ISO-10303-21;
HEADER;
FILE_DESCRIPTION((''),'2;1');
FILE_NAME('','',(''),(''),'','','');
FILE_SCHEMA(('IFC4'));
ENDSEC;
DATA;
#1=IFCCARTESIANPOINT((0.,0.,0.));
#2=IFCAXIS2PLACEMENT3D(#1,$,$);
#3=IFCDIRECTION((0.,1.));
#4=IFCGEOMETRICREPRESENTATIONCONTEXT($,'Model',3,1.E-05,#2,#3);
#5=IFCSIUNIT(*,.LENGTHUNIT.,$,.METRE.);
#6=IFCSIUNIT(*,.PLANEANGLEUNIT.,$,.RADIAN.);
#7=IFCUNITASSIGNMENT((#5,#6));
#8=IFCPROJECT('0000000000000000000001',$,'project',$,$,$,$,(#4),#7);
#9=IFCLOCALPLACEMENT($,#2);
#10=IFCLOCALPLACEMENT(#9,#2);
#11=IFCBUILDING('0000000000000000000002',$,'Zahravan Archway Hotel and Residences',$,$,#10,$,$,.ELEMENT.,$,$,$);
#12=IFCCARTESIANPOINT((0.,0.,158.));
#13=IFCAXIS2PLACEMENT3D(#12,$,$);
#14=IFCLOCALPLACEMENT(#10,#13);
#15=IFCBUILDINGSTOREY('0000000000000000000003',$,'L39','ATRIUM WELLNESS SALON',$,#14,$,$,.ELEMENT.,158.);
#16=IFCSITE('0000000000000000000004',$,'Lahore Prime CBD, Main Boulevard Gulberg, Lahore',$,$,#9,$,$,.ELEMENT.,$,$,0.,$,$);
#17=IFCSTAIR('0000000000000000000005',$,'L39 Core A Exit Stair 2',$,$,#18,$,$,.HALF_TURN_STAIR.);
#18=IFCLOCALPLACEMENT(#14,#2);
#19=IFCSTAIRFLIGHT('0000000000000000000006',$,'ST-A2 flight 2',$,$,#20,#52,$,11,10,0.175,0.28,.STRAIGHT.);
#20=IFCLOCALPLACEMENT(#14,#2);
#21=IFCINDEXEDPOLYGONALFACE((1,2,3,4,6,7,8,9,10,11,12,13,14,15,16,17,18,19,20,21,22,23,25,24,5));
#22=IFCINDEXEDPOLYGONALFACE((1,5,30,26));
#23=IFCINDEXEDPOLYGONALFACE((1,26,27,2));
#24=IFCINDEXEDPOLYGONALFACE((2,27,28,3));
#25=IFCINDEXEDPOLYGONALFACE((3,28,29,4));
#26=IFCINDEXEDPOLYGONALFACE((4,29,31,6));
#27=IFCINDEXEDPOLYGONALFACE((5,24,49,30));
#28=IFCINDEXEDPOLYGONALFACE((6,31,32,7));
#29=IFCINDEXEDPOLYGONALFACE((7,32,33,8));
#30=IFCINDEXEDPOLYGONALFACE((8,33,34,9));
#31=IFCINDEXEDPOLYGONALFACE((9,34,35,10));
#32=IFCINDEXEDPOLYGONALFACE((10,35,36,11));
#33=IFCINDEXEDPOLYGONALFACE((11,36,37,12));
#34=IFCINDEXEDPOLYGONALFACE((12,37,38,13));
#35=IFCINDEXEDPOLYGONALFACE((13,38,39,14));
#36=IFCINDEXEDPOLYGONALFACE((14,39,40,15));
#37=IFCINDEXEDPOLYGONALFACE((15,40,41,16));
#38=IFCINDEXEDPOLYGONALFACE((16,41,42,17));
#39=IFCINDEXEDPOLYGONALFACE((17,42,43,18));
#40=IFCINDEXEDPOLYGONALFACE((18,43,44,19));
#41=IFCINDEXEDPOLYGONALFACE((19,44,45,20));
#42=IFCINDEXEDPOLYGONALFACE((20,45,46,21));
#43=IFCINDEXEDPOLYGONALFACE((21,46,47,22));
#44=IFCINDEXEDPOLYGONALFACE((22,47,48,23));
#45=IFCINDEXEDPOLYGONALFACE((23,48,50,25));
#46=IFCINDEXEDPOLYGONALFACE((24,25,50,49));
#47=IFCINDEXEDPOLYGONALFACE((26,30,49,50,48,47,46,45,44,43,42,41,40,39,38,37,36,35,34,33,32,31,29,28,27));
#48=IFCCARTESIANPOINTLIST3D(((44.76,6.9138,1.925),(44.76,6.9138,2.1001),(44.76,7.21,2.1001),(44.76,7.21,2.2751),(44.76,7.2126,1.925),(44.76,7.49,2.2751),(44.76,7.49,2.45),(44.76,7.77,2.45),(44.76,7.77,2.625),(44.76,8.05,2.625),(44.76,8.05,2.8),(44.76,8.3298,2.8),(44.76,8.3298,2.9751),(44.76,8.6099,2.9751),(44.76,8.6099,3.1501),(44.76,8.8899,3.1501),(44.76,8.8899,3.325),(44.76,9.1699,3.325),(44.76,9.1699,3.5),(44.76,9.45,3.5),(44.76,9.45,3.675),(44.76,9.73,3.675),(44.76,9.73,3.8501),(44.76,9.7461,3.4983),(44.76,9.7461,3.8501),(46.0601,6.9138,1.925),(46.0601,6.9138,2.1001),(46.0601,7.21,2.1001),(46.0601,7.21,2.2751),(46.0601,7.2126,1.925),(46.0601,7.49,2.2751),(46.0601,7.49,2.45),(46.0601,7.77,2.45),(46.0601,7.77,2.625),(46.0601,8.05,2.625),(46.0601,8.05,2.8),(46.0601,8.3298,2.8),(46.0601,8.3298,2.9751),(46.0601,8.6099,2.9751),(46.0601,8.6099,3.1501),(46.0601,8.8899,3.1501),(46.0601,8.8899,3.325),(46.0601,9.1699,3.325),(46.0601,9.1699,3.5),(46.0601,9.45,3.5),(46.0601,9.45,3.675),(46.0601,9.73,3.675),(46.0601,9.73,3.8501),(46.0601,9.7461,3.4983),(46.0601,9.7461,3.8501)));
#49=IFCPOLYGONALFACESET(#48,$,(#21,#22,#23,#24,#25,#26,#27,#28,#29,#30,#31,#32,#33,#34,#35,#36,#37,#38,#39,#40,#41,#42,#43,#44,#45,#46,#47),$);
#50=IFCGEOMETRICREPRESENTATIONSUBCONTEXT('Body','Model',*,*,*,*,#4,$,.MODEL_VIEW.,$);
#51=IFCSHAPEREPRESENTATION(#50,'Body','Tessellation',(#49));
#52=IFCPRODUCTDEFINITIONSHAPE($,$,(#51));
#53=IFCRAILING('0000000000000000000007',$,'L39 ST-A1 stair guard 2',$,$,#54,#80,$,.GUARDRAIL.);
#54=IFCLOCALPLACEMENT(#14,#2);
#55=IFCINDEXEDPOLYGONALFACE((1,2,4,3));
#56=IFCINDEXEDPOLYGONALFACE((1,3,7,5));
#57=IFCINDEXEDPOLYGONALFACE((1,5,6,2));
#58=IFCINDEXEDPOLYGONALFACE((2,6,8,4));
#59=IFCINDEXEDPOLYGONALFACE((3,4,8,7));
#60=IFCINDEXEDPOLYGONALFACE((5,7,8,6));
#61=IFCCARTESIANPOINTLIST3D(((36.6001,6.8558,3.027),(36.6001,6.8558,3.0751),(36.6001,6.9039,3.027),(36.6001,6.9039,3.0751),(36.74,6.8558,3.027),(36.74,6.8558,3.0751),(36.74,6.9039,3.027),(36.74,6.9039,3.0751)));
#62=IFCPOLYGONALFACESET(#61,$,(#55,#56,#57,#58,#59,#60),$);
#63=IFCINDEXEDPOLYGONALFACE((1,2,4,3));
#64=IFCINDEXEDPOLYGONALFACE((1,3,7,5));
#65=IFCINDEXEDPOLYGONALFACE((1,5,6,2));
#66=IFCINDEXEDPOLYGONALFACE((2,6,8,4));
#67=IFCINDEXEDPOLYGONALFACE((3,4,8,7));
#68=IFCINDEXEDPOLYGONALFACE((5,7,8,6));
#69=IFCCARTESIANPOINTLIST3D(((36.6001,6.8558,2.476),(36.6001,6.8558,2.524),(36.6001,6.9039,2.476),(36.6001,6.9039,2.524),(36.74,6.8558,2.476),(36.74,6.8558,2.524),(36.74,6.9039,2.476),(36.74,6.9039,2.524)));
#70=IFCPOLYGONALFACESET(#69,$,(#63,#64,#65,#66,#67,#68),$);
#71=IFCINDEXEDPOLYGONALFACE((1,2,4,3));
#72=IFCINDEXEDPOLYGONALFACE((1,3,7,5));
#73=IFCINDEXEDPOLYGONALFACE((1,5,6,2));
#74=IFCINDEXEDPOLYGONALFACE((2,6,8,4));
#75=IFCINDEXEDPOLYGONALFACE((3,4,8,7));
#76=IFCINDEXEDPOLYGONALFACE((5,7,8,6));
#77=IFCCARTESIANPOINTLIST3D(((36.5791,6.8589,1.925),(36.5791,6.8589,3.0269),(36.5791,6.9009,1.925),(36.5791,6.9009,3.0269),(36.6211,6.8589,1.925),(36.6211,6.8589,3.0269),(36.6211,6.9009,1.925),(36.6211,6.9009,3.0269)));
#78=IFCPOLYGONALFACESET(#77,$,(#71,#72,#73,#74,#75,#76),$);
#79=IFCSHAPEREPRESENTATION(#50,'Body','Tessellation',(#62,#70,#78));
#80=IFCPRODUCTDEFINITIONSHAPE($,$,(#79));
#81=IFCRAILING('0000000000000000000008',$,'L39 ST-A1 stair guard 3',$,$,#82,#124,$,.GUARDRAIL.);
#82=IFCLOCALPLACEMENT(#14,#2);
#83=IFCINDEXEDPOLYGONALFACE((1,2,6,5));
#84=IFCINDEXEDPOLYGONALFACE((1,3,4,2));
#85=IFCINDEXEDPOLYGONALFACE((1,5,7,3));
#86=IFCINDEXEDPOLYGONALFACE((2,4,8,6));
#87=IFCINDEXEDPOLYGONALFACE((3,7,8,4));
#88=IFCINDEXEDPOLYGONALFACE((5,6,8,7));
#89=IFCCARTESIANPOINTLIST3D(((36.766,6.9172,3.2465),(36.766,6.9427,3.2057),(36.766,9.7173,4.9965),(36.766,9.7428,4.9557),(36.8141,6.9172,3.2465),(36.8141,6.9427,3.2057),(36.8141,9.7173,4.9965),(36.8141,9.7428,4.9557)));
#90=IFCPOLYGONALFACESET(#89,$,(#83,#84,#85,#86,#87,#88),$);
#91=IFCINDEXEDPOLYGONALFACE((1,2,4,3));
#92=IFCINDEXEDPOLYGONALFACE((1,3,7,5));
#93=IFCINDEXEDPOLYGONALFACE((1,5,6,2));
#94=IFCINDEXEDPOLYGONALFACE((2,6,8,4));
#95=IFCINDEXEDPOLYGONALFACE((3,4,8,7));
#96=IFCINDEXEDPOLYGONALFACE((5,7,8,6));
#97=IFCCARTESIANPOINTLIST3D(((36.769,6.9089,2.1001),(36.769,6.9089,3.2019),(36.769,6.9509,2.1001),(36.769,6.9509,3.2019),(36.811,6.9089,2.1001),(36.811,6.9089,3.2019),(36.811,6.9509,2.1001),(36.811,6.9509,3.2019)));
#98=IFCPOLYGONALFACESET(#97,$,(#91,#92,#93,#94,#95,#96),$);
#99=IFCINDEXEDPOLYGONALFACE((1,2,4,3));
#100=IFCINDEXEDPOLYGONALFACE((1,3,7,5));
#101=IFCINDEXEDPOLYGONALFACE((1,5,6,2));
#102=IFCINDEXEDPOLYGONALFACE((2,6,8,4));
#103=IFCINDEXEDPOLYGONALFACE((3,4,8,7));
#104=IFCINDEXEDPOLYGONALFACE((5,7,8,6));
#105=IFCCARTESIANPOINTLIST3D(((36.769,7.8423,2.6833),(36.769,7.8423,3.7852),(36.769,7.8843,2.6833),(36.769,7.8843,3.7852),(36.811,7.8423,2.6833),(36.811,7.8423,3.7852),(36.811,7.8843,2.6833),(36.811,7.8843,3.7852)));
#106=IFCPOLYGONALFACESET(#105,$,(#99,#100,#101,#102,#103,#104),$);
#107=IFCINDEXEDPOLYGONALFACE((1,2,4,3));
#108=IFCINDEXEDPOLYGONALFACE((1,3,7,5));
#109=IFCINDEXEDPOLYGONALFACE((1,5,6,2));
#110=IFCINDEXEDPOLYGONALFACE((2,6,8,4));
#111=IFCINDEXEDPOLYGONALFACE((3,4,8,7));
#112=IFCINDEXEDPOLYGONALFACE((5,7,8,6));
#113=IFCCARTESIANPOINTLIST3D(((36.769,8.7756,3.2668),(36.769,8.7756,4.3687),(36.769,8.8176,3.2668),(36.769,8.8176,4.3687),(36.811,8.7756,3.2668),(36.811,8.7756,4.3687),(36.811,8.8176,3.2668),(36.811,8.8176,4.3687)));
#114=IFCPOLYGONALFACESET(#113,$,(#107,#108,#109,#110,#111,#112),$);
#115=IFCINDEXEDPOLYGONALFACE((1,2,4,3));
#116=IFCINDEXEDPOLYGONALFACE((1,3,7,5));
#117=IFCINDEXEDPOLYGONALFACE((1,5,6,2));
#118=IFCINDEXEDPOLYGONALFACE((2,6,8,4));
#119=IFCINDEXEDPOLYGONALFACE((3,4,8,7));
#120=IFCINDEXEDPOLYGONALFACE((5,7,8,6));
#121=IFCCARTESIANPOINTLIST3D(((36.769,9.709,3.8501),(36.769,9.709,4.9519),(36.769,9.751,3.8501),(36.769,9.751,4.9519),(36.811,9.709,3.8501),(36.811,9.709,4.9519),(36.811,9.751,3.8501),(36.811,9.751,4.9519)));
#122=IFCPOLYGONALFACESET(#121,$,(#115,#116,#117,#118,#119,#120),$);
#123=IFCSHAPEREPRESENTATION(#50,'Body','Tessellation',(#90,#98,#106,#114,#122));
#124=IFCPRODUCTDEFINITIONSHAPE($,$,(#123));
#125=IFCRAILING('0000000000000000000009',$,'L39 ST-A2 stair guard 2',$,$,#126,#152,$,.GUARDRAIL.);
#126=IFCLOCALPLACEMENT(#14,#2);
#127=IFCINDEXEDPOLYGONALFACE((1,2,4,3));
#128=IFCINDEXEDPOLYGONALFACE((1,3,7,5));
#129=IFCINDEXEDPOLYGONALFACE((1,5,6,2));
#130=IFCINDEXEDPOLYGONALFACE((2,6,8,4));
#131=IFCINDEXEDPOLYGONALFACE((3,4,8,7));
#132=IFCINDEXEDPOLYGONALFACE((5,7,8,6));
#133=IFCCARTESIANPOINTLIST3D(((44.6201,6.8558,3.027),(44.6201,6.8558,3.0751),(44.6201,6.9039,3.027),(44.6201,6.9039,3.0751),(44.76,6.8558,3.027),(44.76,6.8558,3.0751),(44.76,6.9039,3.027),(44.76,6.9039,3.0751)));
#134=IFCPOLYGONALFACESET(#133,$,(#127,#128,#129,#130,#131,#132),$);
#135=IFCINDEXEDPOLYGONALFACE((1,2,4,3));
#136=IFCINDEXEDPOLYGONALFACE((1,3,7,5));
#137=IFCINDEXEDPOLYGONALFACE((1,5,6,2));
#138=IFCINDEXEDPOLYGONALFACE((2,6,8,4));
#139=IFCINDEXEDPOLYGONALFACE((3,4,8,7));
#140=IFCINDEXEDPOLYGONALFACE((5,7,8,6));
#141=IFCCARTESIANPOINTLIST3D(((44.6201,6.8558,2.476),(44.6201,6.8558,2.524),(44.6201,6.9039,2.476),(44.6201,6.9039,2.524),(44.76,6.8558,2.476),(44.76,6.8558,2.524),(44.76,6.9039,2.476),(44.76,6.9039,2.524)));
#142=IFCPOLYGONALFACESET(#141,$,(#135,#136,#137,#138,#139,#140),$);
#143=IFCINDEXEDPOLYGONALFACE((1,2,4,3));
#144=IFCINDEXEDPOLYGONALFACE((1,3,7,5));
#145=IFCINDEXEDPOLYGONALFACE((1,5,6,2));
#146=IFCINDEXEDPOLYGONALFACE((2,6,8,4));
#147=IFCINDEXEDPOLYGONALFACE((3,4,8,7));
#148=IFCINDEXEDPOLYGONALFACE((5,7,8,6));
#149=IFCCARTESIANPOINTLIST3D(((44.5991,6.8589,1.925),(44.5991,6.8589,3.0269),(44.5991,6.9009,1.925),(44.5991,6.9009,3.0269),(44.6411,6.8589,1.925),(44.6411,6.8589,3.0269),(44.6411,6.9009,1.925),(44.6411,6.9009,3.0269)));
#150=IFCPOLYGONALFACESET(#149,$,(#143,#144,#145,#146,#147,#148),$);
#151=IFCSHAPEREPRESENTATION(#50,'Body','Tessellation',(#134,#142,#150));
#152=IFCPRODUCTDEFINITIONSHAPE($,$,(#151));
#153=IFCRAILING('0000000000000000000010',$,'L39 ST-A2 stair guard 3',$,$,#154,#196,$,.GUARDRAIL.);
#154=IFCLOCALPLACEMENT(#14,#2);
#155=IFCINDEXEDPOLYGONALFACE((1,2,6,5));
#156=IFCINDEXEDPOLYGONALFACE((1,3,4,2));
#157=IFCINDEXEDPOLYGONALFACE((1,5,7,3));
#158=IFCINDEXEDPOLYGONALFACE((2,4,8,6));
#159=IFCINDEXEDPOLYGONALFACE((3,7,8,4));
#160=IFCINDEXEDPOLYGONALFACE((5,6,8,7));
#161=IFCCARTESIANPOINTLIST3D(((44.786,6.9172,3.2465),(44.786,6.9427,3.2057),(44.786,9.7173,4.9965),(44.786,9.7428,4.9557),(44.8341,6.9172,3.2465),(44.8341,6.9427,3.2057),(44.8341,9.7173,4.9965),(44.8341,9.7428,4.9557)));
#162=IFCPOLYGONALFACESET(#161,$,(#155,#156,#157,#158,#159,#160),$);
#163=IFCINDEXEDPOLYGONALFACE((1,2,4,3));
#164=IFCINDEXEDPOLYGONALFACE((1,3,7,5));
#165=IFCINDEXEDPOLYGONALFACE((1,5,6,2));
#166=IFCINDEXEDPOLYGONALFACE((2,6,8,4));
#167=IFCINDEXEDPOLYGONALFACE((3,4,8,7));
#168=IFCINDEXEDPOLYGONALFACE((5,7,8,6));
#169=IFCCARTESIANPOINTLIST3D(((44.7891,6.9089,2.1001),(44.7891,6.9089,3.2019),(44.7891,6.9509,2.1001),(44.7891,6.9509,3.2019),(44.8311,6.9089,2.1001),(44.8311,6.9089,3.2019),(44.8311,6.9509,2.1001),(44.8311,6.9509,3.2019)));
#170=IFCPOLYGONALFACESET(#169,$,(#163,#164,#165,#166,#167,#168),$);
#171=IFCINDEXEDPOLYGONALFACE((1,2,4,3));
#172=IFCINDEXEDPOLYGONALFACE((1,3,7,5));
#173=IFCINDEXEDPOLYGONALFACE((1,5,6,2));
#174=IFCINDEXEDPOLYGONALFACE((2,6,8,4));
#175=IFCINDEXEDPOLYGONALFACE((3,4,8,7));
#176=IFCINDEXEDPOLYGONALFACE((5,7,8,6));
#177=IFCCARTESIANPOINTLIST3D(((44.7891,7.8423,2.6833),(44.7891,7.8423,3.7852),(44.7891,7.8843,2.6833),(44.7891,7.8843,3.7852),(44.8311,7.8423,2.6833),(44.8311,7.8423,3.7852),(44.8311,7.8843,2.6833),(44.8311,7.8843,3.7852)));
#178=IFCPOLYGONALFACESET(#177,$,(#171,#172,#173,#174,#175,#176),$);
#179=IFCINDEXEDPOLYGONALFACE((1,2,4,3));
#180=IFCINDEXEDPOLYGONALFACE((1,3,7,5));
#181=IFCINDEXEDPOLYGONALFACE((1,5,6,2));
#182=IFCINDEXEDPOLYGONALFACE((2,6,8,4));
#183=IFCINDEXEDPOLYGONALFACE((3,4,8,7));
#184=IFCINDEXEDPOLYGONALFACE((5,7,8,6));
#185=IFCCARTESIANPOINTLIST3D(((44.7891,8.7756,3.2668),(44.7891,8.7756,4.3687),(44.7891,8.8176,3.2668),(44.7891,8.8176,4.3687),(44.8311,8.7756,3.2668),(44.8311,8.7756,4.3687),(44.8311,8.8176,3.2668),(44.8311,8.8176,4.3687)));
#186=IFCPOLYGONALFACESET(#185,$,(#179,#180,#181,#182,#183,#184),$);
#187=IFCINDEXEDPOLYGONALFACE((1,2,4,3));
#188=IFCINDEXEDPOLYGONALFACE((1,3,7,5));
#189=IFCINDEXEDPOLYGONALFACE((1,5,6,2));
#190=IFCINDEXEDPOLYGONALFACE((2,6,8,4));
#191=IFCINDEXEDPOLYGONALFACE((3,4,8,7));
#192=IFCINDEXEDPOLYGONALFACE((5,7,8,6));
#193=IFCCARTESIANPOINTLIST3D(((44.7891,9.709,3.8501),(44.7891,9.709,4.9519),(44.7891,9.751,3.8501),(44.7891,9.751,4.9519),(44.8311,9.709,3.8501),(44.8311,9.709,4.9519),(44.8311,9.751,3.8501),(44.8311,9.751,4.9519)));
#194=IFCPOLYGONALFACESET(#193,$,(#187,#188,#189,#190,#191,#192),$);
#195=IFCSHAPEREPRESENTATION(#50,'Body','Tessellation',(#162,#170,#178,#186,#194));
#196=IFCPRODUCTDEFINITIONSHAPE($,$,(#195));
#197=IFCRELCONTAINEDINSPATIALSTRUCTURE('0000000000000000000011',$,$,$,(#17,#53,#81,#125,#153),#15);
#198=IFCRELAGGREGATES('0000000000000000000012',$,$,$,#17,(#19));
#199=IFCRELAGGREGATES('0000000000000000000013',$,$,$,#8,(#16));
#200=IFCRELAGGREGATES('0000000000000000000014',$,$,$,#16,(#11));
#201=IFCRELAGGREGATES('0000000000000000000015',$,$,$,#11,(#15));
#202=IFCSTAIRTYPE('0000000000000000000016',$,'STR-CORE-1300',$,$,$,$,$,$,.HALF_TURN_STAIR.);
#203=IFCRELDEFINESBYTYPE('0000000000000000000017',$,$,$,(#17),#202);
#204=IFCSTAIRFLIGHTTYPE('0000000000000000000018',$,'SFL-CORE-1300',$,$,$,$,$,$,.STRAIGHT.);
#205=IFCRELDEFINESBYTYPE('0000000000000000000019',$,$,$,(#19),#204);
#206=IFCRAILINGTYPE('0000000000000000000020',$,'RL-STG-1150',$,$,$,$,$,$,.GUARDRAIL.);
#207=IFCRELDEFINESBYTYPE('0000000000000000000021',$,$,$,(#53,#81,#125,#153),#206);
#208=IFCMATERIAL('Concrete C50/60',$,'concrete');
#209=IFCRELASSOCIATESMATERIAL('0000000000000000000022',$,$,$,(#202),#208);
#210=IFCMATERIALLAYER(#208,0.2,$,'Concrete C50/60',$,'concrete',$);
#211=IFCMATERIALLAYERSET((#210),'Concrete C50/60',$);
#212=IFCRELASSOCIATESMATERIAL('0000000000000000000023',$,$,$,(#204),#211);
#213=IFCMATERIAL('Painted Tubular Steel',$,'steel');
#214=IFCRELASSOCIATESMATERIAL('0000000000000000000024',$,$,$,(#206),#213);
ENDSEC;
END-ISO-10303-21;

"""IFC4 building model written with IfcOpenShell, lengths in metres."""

from ifc_helpers import new_model, si_unit, direction, frame, origin, origin_2d, place, context, subcontext, project, spatial, polyline, rectangle, outline, extrude, source, transform, mapped, material, layer, layer_set, type_object, element, aggregate, save


model = new_model("IFC4")

# Units and contexts
model_context = context("Model", 3, precision=1e-05, world=origin(), true_north=direction((0.0, 1.0)))
body_context = subcontext(model_context, "Body", "Model", "MODEL_VIEW")
ifc_project = project(units=[si_unit("LENGTHUNIT", "METRE"), si_unit("PLANEANGLEUNIT", "RADIAN")], contexts=[model_context])

# Site, building, storey
site_placement = place(None, origin())
site = spatial("IfcSite", under=ifc_project, at=site_placement, Name="Lahore Prime CBD, Main Boulevard Gulberg, Lahore", CompositionType="ELEMENT", RefElevation=0.0)
building_placement = place(site_placement, origin())
building = spatial("IfcBuilding", under=site, at=building_placement, Name="Zahravan Archway Hotel and Residences", CompositionType="ELEMENT")
storey_placement = place(building_placement, frame((0.0, 0.0, 158.0)))
storey = spatial("IfcBuildingStorey", under=building, at=storey_placement, Name="L39", Description="ATRIUM WELLNESS SALON", CompositionType="ELEMENT", Elevation=158.0)

# Shared definitions
ifc_material_1 = material(Name="Concrete C50/60", Category="concrete")

# Stair, stair flight
stair_type = type_object("IfcStairType", Name="STR-CORE-1300", PredefinedType="HALF_TURN_STAIR", material=ifc_material_1)
ifc_layer_1 = layer(ifc_material_1, 0.2, Name="Concrete C50/60", Category="concrete")
ifc_layer_set_1 = layer_set([ifc_layer_1], Name="Concrete C50/60")
stair_flight_type = type_object("IfcStairFlightType", Name="SFL-CORE-1300", PredefinedType="STRAIGHT", material=ifc_layer_set_1)
shared_shape_1 = source(origin(), body_context, "Body", "SweptSolid", [
    extrude(outline(polyline([(-0.0161, 0.0), (-0.0161, 0.175), (0.28, 0.175), (0.28, 0.3501), (0.5601, 0.3501), (0.5601, 0.5249), (0.8401, 0.5249), (0.8401, 0.7), (1.1201, 0.7), (1.1201, 0.875), (1.3999, 0.875), (1.3999, 1.05), (1.6799, 1.05), (1.6799, 1.2251), (1.96, 1.2251), (1.96, 1.3999), (2.24, 1.3999), (2.24, 1.575), (2.52, 1.575), (2.52, 1.75), (2.8, 1.75), (2.8, 1.925), (2.8162, 1.925), (2.8162, 1.5732), (0.2827, 0.0), (-0.0161, 0.0)])), frame((0.0, 0.6499, 0.0), z_axis=(0.0, -1.0, 0.0), x_axis=(1.0, 0.0, 0.0)), (0.0, 0.0, 1.0), 1.3),
])
stair_1_placement = place(storey_placement, origin())
stair_1 = element("IfcStair", 1, at=stair_1_placement, inside=storey, type_object=stair_type, Name="L39 Core A Exit Stair 2", PredefinedType="HALF_TURN_STAIR")
stair_flight_1_placement = place(storey_placement, frame((45.4099, 6.9299, 1.925), z_axis=(0.0, 0.0, 1.0), x_axis=(0.0, 1.0, 0.0)))
stair_flight_1 = element("IfcStairFlight", 2, at=stair_flight_1_placement, type_object=stair_flight_type, Name="ST-A2 flight 2", NumberOfRisers=11, NumberOfTreads=10, PredefinedType="STRAIGHT", RiserHeight=0.175, TreadLength=0.28, context=body_context, shape_type="MappedRepresentation", body=[
    mapped(shared_shape_1, transform((0.0, 0.0, 0.0), scale=1.0)),
])
aggregate(stair_1, [stair_flight_1])

# Railings
ifc_material_2 = material(Name="Painted Tubular Steel", Category="steel")
railing_type_1 = type_object("IfcRailingType", Name="RL-STG-1150", PredefinedType="GUARDRAIL", material=ifc_material_2)
railing_1_placement = place(storey_placement, frame((36.6001, 6.8799, 1.925)))
element("IfcRailing", 3, at=railing_1_placement, inside=storey, type_object=railing_type_1, Name="L39 ST-A1 stair guard 2", PredefinedType="GUARDRAIL", context=body_context, shape_type="SweptSolid", body=[
    extrude(rectangle(XDim=0.0481, YDim=0.0481, at=origin_2d()), frame((0.0, 0.0, 1.126), z_axis=(1.0, 0.0, 0.0), x_axis=(0.0, 1.0, 0.0)), (0.0, 0.0, 1.0), 0.1399),
    extrude(rectangle(XDim=0.0481, YDim=0.0481, at=origin_2d()), frame((0.0, 0.0, 0.575), z_axis=(1.0, 0.0, 0.0), x_axis=(0.0, 1.0, 0.0)), (0.0, 0.0, 1.0), 0.1399),
    extrude(rectangle(XDim=0.042, YDim=0.042, at=origin_2d()), origin(), (0.0, 0.0, 1.0), 1.1018),
])
railing_2_placement = place(storey_placement, frame((36.79, 6.9299, 2.1001)))
element("IfcRailing", 4, at=railing_2_placement, inside=storey, type_object=railing_type_1, Name="L39 ST-A1 stair guard 3", PredefinedType="GUARDRAIL", context=body_context, shape_type="SweptSolid", body=[
    extrude(rectangle(XDim=0.0481, YDim=0.0481, at=origin_2d()), frame((0.0, 0.0, 1.126), z_axis=(0.0, 0.848002, 0.529992), x_axis=(-1.0, 0.0, 0.0)), (0.0, 0.0, 1.0), 3.302),
    extrude(rectangle(XDim=0.042, YDim=0.042, at=origin_2d()), origin(), (0.0, 0.0, 1.0), 1.1018),
    extrude(rectangle(XDim=0.042, YDim=0.042, at=origin_2d()), frame((0.0, 0.9333, 0.5833)), (0.0, 0.0, 1.0), 1.1018),
    extrude(rectangle(XDim=0.042, YDim=0.042, at=origin_2d()), frame((0.0, 1.8667, 1.1667)), (0.0, 0.0, 1.0), 1.1018),
    extrude(rectangle(XDim=0.042, YDim=0.042, at=origin_2d()), frame((0.0, 2.8, 1.75)), (0.0, 0.0, 1.0), 1.1018),
])
railing_3_placement = place(storey_placement, frame((44.6201, 6.8799, 1.925)))
element("IfcRailing", 5, at=railing_3_placement, inside=storey, type_object=railing_type_1, Name="L39 ST-A2 stair guard 2", PredefinedType="GUARDRAIL", context=body_context, shape_type="SweptSolid", body=[
    extrude(rectangle(XDim=0.0481, YDim=0.0481, at=origin_2d()), frame((0.0, 0.0, 1.126), z_axis=(1.0, 0.0, 0.0), x_axis=(0.0, 1.0, 0.0)), (0.0, 0.0, 1.0), 0.1399),
    extrude(rectangle(XDim=0.0481, YDim=0.0481, at=origin_2d()), frame((0.0, 0.0, 0.575), z_axis=(1.0, 0.0, 0.0), x_axis=(0.0, 1.0, 0.0)), (0.0, 0.0, 1.0), 0.1399),
    extrude(rectangle(XDim=0.042, YDim=0.042, at=origin_2d()), origin(), (0.0, 0.0, 1.0), 1.1018),
])
railing_4_placement = place(storey_placement, frame((44.8101, 6.9299, 2.1001)))
element("IfcRailing", 6, at=railing_4_placement, inside=storey, type_object=railing_type_1, Name="L39 ST-A2 stair guard 3", PredefinedType="GUARDRAIL", context=body_context, shape_type="SweptSolid", body=[
    extrude(rectangle(XDim=0.0481, YDim=0.0481, at=origin_2d()), frame((0.0, 0.0, 1.126), z_axis=(0.0, 0.848002, 0.529992), x_axis=(-1.0, 0.0, 0.0)), (0.0, 0.0, 1.0), 3.302),
    extrude(rectangle(XDim=0.042, YDim=0.042, at=origin_2d()), origin(), (0.0, 0.0, 1.0), 1.1018),
    extrude(rectangle(XDim=0.042, YDim=0.042, at=origin_2d()), frame((0.0, 0.9333, 0.5833)), (0.0, 0.0, 1.0), 1.1018),
    extrude(rectangle(XDim=0.042, YDim=0.042, at=origin_2d()), frame((0.0, 1.8667, 1.1667)), (0.0, 0.0, 1.0), 1.1018),
    extrude(rectangle(XDim=0.042, YDim=0.042, at=origin_2d()), frame((0.0, 2.8, 1.75)), (0.0, 0.0, 1.0), 1.1018),
])

save(model, "model.ifc")
